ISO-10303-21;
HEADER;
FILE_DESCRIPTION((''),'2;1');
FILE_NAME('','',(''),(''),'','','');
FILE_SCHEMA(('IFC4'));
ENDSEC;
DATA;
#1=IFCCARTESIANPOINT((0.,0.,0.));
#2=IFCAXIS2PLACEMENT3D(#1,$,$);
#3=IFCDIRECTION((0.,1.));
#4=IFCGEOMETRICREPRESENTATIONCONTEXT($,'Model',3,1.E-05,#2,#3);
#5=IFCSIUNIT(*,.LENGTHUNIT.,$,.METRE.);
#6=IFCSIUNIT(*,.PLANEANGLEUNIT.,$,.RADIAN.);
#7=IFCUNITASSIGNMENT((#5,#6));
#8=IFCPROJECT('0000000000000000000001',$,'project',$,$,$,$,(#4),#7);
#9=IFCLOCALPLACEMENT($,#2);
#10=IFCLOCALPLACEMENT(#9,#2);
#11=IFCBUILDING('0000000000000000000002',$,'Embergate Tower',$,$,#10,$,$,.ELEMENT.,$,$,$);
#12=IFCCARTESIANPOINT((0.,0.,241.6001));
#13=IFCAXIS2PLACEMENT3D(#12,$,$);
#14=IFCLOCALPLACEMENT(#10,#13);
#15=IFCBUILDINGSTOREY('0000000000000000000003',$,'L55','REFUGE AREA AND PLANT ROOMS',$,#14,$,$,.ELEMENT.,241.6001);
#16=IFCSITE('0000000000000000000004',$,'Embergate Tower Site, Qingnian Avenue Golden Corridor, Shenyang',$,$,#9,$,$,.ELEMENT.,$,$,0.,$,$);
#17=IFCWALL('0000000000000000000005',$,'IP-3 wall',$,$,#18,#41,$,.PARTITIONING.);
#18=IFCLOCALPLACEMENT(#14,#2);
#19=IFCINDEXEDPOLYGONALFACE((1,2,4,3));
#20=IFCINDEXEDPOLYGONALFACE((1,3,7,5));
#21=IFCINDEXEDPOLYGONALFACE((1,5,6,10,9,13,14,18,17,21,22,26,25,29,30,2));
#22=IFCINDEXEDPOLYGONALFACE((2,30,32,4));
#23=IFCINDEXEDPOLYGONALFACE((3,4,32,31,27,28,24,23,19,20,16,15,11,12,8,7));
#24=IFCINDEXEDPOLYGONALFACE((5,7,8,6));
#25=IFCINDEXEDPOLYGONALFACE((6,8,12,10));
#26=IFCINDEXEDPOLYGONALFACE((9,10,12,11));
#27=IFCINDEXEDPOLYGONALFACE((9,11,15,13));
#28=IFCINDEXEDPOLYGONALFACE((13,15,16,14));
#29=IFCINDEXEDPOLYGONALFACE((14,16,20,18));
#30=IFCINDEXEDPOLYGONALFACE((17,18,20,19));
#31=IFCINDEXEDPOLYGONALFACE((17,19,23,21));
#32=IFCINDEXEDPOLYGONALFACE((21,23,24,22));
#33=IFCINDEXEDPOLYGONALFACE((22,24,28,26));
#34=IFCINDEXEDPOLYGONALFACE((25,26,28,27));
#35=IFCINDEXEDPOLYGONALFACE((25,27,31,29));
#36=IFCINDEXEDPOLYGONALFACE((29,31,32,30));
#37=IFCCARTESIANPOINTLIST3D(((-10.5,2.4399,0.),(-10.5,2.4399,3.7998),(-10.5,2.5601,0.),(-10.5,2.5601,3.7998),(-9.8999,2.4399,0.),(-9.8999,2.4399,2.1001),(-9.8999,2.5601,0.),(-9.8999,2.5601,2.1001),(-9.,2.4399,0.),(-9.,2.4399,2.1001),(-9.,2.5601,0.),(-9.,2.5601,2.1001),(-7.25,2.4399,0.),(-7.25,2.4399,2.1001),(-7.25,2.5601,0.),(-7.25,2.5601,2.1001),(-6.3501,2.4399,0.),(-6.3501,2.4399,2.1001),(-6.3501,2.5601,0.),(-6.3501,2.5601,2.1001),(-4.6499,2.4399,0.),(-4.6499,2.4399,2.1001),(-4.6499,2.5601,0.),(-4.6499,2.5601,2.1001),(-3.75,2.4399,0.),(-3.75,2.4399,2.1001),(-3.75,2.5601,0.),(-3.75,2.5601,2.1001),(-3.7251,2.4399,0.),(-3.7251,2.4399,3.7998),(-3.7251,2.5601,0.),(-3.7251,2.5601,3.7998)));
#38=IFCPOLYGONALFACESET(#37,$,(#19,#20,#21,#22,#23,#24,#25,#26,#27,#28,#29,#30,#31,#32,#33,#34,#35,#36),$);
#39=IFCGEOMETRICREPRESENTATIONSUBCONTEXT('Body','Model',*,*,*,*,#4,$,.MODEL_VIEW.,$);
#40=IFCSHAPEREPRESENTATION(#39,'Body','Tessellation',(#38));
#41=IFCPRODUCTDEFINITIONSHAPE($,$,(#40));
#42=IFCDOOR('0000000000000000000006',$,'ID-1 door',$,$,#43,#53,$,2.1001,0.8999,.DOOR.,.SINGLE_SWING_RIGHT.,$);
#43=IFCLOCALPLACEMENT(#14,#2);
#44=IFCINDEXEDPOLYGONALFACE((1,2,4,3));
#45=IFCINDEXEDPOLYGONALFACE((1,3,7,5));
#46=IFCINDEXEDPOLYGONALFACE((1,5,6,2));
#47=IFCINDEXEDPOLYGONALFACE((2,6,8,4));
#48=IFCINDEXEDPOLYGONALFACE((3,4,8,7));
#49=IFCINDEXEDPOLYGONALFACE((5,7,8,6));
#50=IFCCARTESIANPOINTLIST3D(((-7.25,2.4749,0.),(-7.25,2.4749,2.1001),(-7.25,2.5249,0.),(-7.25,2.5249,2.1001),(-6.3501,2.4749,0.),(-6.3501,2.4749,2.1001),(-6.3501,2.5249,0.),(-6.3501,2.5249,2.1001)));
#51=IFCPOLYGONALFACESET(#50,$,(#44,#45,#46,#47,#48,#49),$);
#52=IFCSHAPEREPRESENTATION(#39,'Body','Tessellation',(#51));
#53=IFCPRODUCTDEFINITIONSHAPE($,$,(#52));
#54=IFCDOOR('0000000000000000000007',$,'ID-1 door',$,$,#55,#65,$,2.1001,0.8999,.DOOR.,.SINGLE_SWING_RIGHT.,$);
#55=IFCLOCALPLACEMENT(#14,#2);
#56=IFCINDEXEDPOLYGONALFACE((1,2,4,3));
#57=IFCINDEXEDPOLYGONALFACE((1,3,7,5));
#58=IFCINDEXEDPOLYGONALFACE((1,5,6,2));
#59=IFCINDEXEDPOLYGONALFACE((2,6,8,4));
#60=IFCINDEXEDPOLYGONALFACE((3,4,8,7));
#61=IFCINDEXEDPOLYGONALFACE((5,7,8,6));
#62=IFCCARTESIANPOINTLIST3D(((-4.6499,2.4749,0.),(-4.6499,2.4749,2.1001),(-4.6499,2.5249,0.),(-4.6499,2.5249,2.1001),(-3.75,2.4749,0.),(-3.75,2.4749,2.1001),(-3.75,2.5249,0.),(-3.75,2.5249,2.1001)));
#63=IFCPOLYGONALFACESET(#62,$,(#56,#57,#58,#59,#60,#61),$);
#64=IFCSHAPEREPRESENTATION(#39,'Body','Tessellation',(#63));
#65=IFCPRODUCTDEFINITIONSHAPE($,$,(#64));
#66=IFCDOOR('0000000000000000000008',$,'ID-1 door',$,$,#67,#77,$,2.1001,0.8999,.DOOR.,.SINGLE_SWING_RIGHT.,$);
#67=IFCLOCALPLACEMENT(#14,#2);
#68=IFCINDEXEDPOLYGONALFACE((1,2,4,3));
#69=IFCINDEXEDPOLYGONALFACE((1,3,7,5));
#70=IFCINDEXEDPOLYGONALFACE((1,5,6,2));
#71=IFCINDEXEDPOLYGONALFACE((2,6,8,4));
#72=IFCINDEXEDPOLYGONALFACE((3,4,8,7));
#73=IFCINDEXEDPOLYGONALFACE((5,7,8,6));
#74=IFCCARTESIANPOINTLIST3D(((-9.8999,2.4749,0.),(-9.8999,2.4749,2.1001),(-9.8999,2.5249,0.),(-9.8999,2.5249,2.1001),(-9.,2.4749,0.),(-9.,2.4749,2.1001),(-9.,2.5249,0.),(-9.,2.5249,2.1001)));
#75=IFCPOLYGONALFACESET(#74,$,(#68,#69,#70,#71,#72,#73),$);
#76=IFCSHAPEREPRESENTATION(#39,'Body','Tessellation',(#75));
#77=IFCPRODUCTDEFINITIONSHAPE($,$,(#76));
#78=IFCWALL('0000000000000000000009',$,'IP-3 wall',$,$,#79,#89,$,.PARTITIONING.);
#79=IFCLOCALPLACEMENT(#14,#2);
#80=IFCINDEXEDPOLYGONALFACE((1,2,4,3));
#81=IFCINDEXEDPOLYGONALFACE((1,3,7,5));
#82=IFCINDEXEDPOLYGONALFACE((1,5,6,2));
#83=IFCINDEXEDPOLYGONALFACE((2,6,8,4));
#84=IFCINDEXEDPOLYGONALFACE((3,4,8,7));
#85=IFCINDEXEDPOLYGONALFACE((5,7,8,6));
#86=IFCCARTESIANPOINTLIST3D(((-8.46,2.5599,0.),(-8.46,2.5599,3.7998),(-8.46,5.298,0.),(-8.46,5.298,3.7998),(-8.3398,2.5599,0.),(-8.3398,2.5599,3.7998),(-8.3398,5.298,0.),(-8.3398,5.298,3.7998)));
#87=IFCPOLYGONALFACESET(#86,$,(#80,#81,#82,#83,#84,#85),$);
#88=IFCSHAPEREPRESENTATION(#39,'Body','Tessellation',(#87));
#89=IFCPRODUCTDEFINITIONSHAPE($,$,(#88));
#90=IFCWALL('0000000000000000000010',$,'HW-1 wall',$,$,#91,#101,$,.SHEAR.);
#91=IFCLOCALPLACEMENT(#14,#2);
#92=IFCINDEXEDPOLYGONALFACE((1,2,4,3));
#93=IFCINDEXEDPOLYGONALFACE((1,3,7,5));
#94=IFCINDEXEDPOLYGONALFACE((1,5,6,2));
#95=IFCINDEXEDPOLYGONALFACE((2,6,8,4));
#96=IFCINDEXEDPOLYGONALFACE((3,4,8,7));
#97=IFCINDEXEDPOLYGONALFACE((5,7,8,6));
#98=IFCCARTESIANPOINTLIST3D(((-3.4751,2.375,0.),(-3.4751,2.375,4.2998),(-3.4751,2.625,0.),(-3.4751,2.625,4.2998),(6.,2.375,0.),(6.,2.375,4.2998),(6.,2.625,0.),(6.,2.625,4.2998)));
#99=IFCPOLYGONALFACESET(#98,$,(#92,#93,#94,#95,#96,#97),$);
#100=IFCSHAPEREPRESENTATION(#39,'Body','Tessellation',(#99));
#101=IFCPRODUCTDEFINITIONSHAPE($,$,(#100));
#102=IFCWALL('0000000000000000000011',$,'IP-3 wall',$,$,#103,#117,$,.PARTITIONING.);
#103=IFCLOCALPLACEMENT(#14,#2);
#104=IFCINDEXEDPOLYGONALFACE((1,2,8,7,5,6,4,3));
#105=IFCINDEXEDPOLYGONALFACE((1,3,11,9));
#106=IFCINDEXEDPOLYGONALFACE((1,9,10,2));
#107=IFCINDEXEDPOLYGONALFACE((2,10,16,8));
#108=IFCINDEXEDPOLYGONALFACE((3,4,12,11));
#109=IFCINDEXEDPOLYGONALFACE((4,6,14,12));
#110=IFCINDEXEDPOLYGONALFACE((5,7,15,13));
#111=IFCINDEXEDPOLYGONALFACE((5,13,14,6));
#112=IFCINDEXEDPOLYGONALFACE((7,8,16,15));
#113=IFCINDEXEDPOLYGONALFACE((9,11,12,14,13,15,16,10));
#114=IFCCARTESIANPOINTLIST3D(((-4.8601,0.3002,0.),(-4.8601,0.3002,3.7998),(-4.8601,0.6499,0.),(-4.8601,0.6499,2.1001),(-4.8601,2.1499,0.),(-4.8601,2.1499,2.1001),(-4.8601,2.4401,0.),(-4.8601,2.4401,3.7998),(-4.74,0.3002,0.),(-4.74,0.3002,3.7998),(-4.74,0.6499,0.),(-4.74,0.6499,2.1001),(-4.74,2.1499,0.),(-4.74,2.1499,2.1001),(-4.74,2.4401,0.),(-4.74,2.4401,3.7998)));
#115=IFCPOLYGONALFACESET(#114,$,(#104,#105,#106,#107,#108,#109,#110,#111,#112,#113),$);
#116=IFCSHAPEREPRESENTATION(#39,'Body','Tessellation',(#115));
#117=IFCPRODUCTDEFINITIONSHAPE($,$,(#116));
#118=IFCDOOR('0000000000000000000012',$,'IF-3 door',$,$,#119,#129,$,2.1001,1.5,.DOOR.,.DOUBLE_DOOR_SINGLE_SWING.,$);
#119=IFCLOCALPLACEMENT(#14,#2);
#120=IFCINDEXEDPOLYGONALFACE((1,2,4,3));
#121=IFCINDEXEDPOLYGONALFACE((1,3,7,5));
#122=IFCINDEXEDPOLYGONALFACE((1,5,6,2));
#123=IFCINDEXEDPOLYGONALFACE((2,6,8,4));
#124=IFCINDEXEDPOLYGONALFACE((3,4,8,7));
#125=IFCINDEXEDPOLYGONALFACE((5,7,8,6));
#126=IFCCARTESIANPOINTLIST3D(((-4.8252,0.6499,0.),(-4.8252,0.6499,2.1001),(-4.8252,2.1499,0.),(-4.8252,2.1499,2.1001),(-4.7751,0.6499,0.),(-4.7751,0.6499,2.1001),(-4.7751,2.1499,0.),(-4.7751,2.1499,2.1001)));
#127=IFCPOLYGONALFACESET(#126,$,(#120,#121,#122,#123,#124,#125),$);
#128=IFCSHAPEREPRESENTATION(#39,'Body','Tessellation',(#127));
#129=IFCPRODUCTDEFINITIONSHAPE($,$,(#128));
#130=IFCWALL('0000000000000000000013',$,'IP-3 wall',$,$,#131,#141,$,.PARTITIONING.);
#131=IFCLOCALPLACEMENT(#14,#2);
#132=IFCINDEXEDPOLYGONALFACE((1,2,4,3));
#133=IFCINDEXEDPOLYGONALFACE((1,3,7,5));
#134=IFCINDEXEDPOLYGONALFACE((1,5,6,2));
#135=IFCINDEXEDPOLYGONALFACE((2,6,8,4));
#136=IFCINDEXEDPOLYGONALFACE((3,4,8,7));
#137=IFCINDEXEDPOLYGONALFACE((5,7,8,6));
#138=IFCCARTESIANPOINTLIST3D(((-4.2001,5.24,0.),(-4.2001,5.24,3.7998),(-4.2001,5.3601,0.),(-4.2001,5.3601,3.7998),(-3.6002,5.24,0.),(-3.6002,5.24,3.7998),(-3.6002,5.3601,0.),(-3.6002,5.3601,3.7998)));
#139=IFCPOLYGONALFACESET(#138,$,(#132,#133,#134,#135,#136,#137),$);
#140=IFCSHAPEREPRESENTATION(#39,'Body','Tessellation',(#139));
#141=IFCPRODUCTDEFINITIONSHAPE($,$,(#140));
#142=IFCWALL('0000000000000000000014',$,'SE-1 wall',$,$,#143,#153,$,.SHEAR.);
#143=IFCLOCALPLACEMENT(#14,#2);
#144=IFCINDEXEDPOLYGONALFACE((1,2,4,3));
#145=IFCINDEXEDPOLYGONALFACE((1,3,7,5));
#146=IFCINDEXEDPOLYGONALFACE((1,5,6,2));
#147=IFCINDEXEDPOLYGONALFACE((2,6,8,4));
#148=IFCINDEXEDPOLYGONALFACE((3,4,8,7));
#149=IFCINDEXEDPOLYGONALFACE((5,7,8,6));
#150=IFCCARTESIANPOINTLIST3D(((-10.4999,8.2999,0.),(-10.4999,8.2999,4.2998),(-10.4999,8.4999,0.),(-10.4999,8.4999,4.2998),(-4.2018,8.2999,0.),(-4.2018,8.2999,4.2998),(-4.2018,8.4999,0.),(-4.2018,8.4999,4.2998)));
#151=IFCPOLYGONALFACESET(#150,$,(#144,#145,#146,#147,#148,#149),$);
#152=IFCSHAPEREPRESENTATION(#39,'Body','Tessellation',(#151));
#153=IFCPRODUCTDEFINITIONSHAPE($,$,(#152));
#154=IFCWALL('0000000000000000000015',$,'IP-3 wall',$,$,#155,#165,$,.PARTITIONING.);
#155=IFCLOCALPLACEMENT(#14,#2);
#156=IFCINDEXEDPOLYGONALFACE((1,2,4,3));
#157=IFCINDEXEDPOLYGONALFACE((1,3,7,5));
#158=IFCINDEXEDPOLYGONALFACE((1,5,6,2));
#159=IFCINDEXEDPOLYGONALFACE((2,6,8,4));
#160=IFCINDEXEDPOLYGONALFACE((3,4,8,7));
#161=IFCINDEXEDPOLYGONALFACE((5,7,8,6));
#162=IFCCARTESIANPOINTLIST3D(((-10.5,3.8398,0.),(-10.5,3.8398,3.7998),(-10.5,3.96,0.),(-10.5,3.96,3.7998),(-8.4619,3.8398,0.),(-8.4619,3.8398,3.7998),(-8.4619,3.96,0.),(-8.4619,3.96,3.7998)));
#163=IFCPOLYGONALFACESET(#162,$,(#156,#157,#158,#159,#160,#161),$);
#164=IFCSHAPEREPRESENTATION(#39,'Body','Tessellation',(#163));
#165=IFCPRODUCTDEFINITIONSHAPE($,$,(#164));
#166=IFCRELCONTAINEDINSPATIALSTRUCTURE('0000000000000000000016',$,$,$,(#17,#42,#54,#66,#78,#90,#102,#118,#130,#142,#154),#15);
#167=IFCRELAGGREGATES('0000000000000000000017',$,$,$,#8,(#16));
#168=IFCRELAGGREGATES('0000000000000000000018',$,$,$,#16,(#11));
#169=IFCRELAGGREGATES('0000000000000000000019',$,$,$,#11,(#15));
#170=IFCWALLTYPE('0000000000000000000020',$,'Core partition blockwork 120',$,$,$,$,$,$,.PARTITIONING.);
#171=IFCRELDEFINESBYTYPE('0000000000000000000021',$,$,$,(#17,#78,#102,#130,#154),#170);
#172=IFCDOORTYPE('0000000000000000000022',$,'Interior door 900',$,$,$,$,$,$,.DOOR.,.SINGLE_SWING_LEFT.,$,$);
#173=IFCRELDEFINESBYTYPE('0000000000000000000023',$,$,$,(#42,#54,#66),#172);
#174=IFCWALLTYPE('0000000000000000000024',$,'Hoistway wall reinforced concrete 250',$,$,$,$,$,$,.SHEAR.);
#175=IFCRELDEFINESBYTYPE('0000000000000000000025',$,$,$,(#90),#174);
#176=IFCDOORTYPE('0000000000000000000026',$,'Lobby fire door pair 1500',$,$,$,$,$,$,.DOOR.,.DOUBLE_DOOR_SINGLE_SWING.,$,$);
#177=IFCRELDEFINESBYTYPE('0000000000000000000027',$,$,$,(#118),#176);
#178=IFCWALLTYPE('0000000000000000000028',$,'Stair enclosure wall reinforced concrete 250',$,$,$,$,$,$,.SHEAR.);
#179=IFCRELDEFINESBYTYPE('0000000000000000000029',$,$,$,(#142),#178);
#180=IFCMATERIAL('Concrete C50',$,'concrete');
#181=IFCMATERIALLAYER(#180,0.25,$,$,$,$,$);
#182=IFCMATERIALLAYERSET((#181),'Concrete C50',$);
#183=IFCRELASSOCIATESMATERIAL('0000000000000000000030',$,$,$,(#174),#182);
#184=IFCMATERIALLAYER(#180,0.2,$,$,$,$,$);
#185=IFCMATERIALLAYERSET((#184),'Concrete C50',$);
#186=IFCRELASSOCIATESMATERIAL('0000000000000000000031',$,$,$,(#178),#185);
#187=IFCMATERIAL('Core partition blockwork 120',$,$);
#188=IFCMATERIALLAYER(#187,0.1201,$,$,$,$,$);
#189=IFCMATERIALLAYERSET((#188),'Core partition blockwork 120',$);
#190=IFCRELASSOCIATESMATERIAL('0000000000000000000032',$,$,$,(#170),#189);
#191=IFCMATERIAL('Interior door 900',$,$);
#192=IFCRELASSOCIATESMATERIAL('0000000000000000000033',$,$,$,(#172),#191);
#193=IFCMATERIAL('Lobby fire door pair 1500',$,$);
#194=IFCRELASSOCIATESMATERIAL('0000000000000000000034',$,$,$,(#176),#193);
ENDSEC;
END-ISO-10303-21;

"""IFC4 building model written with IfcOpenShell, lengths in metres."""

from ifc_helpers import new_model, si_unit, direction, frame, frame_2d, origin, place, context, subcontext, project, spatial, rectangle, extrude, source, transform, mapped, material, layer, layer_set, type_object, element, fill, save


model = new_model("IFC4")

# Units and contexts
model_context = context("Model", 3, precision=1e-05, world=origin(), true_north=direction((0.0, 1.0)))
body_context = subcontext(model_context, "Body", "Model", "MODEL_VIEW")
ifc_project = project(units=[si_unit("LENGTHUNIT", "METRE"), si_unit("PLANEANGLEUNIT", "RADIAN")], contexts=[model_context])

# Site, building, storey
site_placement = place(None, origin())
site = spatial("IfcSite", under=ifc_project, at=site_placement, Name="Embergate Tower Site, Qingnian Avenue Golden Corridor, Shenyang", CompositionType="ELEMENT", RefElevation=0.0)
building_placement = place(site_placement, origin())
building = spatial("IfcBuilding", under=site, at=building_placement, Name="Embergate Tower", CompositionType="ELEMENT")
storey_placement = place(building_placement, frame((0.0, 0.0, 241.6001)))
storey = spatial("IfcBuildingStorey", under=building, at=storey_placement, Name="L55", Description="REFUGE AREA AND PLANT ROOMS", CompositionType="ELEMENT", Elevation=241.6001)

# Shared definitions
ifc_material_1 = material(Name="Concrete C50", Category="concrete")
ifc_layer_1 = layer(ifc_material_1, 0.25)
ifc_layer_set_1 = layer_set([ifc_layer_1], Name="Concrete C50")
wall_type_1 = type_object("IfcWallType", Name="Hoistway wall reinforced concrete 250", PredefinedType="SHEAR", material=ifc_layer_set_1)

# Shared definitions
ifc_layer_2 = layer(ifc_material_1, 0.2)
ifc_layer_set_2 = layer_set([ifc_layer_2], Name="Concrete C50")
wall_type_2 = type_object("IfcWallType", Name="Stair enclosure wall reinforced concrete 250", PredefinedType="SHEAR", material=ifc_layer_set_2)
ifc_material_2 = material(Name="Core partition blockwork 120")
ifc_layer_3 = layer(ifc_material_2, 0.1201)
ifc_layer_set_3 = layer_set([ifc_layer_3], Name="Core partition blockwork 120")
wall_type_3 = type_object("IfcWallType", Name="Core partition blockwork 120", PredefinedType="PARTITIONING", material=ifc_layer_set_3)

# Wall, openings, doors
shared_shape_1 = source(origin(), body_context, "Body", "SweptSolid", [
    extrude(rectangle(XDim=6.7749, YDim=0.1201, at=frame_2d((3.3875, 0.0))), origin(), (0.0, 0.0, 1.0), 3.7998),
])
wall_1_placement = place(storey_placement, frame((-10.5, 2.5, 0.0), z_axis=(0.0, 0.0, 1.0), x_axis=(1.0, 0.0, 0.0)))
wall_1 = element("IfcWall", 1, at=wall_1_placement, inside=storey, type_object=wall_type_3, Name="IP-3 wall", PredefinedType="PARTITIONING", context=body_context, shape_type="MappedRepresentation", body=[
    mapped(shared_shape_1, transform((0.0, 0.0, 0.0))),
])
shared_shape_2 = source(origin(), body_context, "Body", "SweptSolid", [
    extrude(rectangle(XDim=0.8999, YDim=2.1001, at=frame_2d((0.45, 1.05))), frame((0.0, 0.0701, 0.0), z_axis=(0.0, -1.0, 0.0), x_axis=(1.0, 0.0, 0.0)), (0.0, 0.0, 1.0), 0.1401),
])
opening_1_placement = place(wall_1_placement, frame((3.25, 0.0, 0.0)))
opening_1 = element("IfcOpeningElement", 2, at=opening_1_placement, cuts=wall_1, PredefinedType="OPENING", context=body_context, shape_type="MappedRepresentation", body=[
    mapped(shared_shape_2, transform((0.0, 0.0, 0.0))),
])
opening_2_placement = place(wall_1_placement, frame((5.8501, 0.0, 0.0)))
opening_2 = element("IfcOpeningElement", 3, at=opening_2_placement, cuts=wall_1, PredefinedType="OPENING", context=body_context, shape_type="MappedRepresentation", body=[
    mapped(shared_shape_2, transform((0.0, 0.0, 0.0))),
])
opening_3_placement = place(wall_1_placement, frame((0.6001, 0.0, 0.0)))
opening_3 = element("IfcOpeningElement", 4, at=opening_3_placement, cuts=wall_1, PredefinedType="OPENING", context=body_context, shape_type="MappedRepresentation", body=[
    mapped(shared_shape_2, transform((0.0, 0.0, 0.0))),
])
ifc_material_3 = material(Name="Interior door 900")
door_type_1 = type_object("IfcDoorType", Name="Interior door 900", OperationType="SINGLE_SWING_LEFT", PredefinedType="DOOR", material=ifc_material_3)
shared_shape_3 = source(origin(), body_context, "Body", "SweptSolid", [
    extrude(rectangle(XDim=0.8999, YDim=2.1001, at=frame_2d((0.45, 1.05))), frame((0.0, 0.0249, 0.0), z_axis=(0.0, -1.0, 0.0), x_axis=(1.0, 0.0, 0.0)), (0.0, 0.0, 1.0), 0.05),
])
door_1_placement = place(opening_1_placement, origin())
door_1 = element("IfcDoor", 5, at=door_1_placement, inside=storey, type_object=door_type_1, Name="ID-1 door", OperationType="SINGLE_SWING_RIGHT", OverallHeight=2.1001, OverallWidth=0.8999, PredefinedType="DOOR", context=body_context, shape_type="MappedRepresentation", body=[
    mapped(shared_shape_3, transform((0.0, 0.0, 0.0))),
])
fill(opening_1, door_1)
door_2_placement = place(opening_2_placement, origin())
door_2 = element("IfcDoor", 6, at=door_2_placement, inside=storey, type_object=door_type_1, Name="ID-1 door", OperationType="SINGLE_SWING_RIGHT", OverallHeight=2.1001, OverallWidth=0.8999, PredefinedType="DOOR", context=body_context, shape_type="MappedRepresentation", body=[
    mapped(shared_shape_3, transform((0.0, 0.0, 0.0))),
])
fill(opening_2, door_2)
door_3_placement = place(opening_3_placement, origin())
door_3 = element("IfcDoor", 7, at=door_3_placement, inside=storey, type_object=door_type_1, Name="ID-1 door", OperationType="SINGLE_SWING_RIGHT", OverallHeight=2.1001, OverallWidth=0.8999, PredefinedType="DOOR", context=body_context, shape_type="MappedRepresentation", body=[
    mapped(shared_shape_3, transform((0.0, 0.0, 0.0))),
])
fill(opening_3, door_3)

# Walls
shared_shape_4 = source(origin(), body_context, "Body", "SweptSolid", [
    extrude(rectangle(XDim=2.738, YDim=0.1201, at=frame_2d((1.3691, 0.0))), origin(), (0.0, 0.0, 1.0), 3.7998),
])
wall_2_placement = place(storey_placement, frame((-8.3999, 5.2981, 0.0), z_axis=(0.0, 0.0, 1.0), x_axis=(0.0, -1.0, 0.0)))
element("IfcWall", 8, at=wall_2_placement, inside=storey, type_object=wall_type_3, Name="IP-3 wall", PredefinedType="PARTITIONING", context=body_context, shape_type="MappedRepresentation", body=[
    mapped(shared_shape_4, transform((0.0, 0.0, 0.0))),
])
shared_shape_5 = source(origin(), body_context, "Body", "SweptSolid", [
    extrude(rectangle(XDim=9.4751, YDim=0.25, at=frame_2d((4.7375, 0.0))), origin(), (0.0, 0.0, 1.0), 4.2998),
])
wall_3_placement = place(storey_placement, frame((-3.4751, 2.5, 0.0), z_axis=(0.0, 0.0, 1.0), x_axis=(1.0, 0.0, 0.0)))
element("IfcWall", 9, at=wall_3_placement, inside=storey, type_object=wall_type_1, Name="HW-1 wall", PredefinedType="SHEAR", context=body_context, shape_type="MappedRepresentation", body=[
    mapped(shared_shape_5, transform((0.0, 0.0, 0.0))),
])

# Wall, opening, door
shared_shape_6 = source(origin(), body_context, "Body", "SweptSolid", [
    extrude(rectangle(XDim=2.1399, YDim=0.1201, at=frame_2d((1.0698, 0.0))), origin(), (0.0, 0.0, 1.0), 3.7998),
])
wall_4_placement = place(storey_placement, frame((-4.8, 2.4399, 0.0), z_axis=(0.0, 0.0, 1.0), x_axis=(0.0, -1.0, 0.0)))
wall_4 = element("IfcWall", 10, at=wall_4_placement, inside=storey, type_object=wall_type_3, Name="IP-3 wall", PredefinedType="PARTITIONING", context=body_context, shape_type="MappedRepresentation", body=[
    mapped(shared_shape_6, transform((0.0, 0.0, 0.0))),
])
shared_shape_7 = source(origin(), body_context, "Body", "SweptSolid", [
    extrude(rectangle(XDim=1.5, YDim=2.1001, at=frame_2d((0.75, 1.05))), frame((0.0, 0.0701, 0.0), z_axis=(0.0, -1.0, 0.0), x_axis=(1.0, 0.0, 0.0)), (0.0, 0.0, 1.0), 0.1401),
])
opening_4_placement = place(wall_4_placement, frame((0.29, 0.0, 0.0)))
opening_4 = element("IfcOpeningElement", 11, at=opening_4_placement, cuts=wall_4, PredefinedType="OPENING", context=body_context, shape_type="MappedRepresentation", body=[
    mapped(shared_shape_7, transform((0.0, 0.0, 0.0))),
])
ifc_material_4 = material(Name="Lobby fire door pair 1500")
door_type_2 = type_object("IfcDoorType", Name="Lobby fire door pair 1500", OperationType="DOUBLE_DOOR_SINGLE_SWING", PredefinedType="DOOR", material=ifc_material_4)
shared_shape_8 = source(origin(), body_context, "Body", "SweptSolid", [
    extrude(rectangle(XDim=1.5, YDim=2.1001, at=frame_2d((0.75, 1.05))), frame((0.0, 0.0249, 0.0), z_axis=(0.0, -1.0, 0.0), x_axis=(1.0, 0.0, 0.0)), (0.0, 0.0, 1.0), 0.05),
])
door_4_placement = place(opening_4_placement, origin())
door_4 = element("IfcDoor", 12, at=door_4_placement, inside=storey, type_object=door_type_2, Name="IF-3 door", OperationType="DOUBLE_DOOR_SINGLE_SWING", OverallHeight=2.1001, OverallWidth=1.5, PredefinedType="DOOR", context=body_context, shape_type="MappedRepresentation", body=[
    mapped(shared_shape_8, transform((0.0, 0.0, 0.0))),
])
fill(opening_4, door_4)

# Walls
shared_shape_9 = source(origin(), body_context, "Body", "SweptSolid", [
    extrude(rectangle(XDim=0.5999, YDim=0.1201, at=frame_2d((0.2998, 0.0))), origin(), (0.0, 0.0, 1.0), 3.7998),
])
wall_5_placement = place(storey_placement, frame((-4.2, 5.3, 0.0), z_axis=(0.0, 0.0, 1.0), x_axis=(1.0, 0.0, 0.0)))
element("IfcWall", 13, at=wall_5_placement, inside=storey, type_object=wall_type_3, Name="IP-3 wall", PredefinedType="PARTITIONING", context=body_context, shape_type="MappedRepresentation", body=[
    mapped(shared_shape_9, transform((0.0, 0.0, 0.0))),
])
shared_shape_10 = source(origin(), body_context, "Body", "SweptSolid", [
    extrude(rectangle(XDim=6.2981, YDim=0.2, at=frame_2d((3.1489, 0.0))), origin(), (0.0, 0.0, 1.0), 4.2998),
])
wall_6_placement = place(storey_placement, frame((-4.2019, 8.3999, 0.0), z_axis=(0.0, 0.0, 1.0), x_axis=(-1.0, 0.0, 0.0)))
element("IfcWall", 14, at=wall_6_placement, inside=storey, type_object=wall_type_2, Name="SE-1 wall", PredefinedType="SHEAR", context=body_context, shape_type="MappedRepresentation", body=[
    mapped(shared_shape_10, transform((0.0, 0.0, 0.0))),
])
shared_shape_11 = source(origin(), body_context, "Body", "SweptSolid", [
    extrude(rectangle(XDim=2.0381, YDim=0.1201, at=frame_2d((1.019, 0.0))), origin(), (0.0, 0.0, 1.0), 3.7998),
])
wall_7_placement = place(storey_placement, frame((-8.4619, 3.8999, 0.0), z_axis=(0.0, 0.0, 1.0), x_axis=(-1.0, 0.0, 0.0)))
element("IfcWall", 15, at=wall_7_placement, inside=storey, type_object=wall_type_3, Name="IP-3 wall", PredefinedType="PARTITIONING", context=body_context, shape_type="MappedRepresentation", body=[
    mapped(shared_shape_11, transform((0.0, 0.0, 0.0))),
])

save(model, "model.ifc")
